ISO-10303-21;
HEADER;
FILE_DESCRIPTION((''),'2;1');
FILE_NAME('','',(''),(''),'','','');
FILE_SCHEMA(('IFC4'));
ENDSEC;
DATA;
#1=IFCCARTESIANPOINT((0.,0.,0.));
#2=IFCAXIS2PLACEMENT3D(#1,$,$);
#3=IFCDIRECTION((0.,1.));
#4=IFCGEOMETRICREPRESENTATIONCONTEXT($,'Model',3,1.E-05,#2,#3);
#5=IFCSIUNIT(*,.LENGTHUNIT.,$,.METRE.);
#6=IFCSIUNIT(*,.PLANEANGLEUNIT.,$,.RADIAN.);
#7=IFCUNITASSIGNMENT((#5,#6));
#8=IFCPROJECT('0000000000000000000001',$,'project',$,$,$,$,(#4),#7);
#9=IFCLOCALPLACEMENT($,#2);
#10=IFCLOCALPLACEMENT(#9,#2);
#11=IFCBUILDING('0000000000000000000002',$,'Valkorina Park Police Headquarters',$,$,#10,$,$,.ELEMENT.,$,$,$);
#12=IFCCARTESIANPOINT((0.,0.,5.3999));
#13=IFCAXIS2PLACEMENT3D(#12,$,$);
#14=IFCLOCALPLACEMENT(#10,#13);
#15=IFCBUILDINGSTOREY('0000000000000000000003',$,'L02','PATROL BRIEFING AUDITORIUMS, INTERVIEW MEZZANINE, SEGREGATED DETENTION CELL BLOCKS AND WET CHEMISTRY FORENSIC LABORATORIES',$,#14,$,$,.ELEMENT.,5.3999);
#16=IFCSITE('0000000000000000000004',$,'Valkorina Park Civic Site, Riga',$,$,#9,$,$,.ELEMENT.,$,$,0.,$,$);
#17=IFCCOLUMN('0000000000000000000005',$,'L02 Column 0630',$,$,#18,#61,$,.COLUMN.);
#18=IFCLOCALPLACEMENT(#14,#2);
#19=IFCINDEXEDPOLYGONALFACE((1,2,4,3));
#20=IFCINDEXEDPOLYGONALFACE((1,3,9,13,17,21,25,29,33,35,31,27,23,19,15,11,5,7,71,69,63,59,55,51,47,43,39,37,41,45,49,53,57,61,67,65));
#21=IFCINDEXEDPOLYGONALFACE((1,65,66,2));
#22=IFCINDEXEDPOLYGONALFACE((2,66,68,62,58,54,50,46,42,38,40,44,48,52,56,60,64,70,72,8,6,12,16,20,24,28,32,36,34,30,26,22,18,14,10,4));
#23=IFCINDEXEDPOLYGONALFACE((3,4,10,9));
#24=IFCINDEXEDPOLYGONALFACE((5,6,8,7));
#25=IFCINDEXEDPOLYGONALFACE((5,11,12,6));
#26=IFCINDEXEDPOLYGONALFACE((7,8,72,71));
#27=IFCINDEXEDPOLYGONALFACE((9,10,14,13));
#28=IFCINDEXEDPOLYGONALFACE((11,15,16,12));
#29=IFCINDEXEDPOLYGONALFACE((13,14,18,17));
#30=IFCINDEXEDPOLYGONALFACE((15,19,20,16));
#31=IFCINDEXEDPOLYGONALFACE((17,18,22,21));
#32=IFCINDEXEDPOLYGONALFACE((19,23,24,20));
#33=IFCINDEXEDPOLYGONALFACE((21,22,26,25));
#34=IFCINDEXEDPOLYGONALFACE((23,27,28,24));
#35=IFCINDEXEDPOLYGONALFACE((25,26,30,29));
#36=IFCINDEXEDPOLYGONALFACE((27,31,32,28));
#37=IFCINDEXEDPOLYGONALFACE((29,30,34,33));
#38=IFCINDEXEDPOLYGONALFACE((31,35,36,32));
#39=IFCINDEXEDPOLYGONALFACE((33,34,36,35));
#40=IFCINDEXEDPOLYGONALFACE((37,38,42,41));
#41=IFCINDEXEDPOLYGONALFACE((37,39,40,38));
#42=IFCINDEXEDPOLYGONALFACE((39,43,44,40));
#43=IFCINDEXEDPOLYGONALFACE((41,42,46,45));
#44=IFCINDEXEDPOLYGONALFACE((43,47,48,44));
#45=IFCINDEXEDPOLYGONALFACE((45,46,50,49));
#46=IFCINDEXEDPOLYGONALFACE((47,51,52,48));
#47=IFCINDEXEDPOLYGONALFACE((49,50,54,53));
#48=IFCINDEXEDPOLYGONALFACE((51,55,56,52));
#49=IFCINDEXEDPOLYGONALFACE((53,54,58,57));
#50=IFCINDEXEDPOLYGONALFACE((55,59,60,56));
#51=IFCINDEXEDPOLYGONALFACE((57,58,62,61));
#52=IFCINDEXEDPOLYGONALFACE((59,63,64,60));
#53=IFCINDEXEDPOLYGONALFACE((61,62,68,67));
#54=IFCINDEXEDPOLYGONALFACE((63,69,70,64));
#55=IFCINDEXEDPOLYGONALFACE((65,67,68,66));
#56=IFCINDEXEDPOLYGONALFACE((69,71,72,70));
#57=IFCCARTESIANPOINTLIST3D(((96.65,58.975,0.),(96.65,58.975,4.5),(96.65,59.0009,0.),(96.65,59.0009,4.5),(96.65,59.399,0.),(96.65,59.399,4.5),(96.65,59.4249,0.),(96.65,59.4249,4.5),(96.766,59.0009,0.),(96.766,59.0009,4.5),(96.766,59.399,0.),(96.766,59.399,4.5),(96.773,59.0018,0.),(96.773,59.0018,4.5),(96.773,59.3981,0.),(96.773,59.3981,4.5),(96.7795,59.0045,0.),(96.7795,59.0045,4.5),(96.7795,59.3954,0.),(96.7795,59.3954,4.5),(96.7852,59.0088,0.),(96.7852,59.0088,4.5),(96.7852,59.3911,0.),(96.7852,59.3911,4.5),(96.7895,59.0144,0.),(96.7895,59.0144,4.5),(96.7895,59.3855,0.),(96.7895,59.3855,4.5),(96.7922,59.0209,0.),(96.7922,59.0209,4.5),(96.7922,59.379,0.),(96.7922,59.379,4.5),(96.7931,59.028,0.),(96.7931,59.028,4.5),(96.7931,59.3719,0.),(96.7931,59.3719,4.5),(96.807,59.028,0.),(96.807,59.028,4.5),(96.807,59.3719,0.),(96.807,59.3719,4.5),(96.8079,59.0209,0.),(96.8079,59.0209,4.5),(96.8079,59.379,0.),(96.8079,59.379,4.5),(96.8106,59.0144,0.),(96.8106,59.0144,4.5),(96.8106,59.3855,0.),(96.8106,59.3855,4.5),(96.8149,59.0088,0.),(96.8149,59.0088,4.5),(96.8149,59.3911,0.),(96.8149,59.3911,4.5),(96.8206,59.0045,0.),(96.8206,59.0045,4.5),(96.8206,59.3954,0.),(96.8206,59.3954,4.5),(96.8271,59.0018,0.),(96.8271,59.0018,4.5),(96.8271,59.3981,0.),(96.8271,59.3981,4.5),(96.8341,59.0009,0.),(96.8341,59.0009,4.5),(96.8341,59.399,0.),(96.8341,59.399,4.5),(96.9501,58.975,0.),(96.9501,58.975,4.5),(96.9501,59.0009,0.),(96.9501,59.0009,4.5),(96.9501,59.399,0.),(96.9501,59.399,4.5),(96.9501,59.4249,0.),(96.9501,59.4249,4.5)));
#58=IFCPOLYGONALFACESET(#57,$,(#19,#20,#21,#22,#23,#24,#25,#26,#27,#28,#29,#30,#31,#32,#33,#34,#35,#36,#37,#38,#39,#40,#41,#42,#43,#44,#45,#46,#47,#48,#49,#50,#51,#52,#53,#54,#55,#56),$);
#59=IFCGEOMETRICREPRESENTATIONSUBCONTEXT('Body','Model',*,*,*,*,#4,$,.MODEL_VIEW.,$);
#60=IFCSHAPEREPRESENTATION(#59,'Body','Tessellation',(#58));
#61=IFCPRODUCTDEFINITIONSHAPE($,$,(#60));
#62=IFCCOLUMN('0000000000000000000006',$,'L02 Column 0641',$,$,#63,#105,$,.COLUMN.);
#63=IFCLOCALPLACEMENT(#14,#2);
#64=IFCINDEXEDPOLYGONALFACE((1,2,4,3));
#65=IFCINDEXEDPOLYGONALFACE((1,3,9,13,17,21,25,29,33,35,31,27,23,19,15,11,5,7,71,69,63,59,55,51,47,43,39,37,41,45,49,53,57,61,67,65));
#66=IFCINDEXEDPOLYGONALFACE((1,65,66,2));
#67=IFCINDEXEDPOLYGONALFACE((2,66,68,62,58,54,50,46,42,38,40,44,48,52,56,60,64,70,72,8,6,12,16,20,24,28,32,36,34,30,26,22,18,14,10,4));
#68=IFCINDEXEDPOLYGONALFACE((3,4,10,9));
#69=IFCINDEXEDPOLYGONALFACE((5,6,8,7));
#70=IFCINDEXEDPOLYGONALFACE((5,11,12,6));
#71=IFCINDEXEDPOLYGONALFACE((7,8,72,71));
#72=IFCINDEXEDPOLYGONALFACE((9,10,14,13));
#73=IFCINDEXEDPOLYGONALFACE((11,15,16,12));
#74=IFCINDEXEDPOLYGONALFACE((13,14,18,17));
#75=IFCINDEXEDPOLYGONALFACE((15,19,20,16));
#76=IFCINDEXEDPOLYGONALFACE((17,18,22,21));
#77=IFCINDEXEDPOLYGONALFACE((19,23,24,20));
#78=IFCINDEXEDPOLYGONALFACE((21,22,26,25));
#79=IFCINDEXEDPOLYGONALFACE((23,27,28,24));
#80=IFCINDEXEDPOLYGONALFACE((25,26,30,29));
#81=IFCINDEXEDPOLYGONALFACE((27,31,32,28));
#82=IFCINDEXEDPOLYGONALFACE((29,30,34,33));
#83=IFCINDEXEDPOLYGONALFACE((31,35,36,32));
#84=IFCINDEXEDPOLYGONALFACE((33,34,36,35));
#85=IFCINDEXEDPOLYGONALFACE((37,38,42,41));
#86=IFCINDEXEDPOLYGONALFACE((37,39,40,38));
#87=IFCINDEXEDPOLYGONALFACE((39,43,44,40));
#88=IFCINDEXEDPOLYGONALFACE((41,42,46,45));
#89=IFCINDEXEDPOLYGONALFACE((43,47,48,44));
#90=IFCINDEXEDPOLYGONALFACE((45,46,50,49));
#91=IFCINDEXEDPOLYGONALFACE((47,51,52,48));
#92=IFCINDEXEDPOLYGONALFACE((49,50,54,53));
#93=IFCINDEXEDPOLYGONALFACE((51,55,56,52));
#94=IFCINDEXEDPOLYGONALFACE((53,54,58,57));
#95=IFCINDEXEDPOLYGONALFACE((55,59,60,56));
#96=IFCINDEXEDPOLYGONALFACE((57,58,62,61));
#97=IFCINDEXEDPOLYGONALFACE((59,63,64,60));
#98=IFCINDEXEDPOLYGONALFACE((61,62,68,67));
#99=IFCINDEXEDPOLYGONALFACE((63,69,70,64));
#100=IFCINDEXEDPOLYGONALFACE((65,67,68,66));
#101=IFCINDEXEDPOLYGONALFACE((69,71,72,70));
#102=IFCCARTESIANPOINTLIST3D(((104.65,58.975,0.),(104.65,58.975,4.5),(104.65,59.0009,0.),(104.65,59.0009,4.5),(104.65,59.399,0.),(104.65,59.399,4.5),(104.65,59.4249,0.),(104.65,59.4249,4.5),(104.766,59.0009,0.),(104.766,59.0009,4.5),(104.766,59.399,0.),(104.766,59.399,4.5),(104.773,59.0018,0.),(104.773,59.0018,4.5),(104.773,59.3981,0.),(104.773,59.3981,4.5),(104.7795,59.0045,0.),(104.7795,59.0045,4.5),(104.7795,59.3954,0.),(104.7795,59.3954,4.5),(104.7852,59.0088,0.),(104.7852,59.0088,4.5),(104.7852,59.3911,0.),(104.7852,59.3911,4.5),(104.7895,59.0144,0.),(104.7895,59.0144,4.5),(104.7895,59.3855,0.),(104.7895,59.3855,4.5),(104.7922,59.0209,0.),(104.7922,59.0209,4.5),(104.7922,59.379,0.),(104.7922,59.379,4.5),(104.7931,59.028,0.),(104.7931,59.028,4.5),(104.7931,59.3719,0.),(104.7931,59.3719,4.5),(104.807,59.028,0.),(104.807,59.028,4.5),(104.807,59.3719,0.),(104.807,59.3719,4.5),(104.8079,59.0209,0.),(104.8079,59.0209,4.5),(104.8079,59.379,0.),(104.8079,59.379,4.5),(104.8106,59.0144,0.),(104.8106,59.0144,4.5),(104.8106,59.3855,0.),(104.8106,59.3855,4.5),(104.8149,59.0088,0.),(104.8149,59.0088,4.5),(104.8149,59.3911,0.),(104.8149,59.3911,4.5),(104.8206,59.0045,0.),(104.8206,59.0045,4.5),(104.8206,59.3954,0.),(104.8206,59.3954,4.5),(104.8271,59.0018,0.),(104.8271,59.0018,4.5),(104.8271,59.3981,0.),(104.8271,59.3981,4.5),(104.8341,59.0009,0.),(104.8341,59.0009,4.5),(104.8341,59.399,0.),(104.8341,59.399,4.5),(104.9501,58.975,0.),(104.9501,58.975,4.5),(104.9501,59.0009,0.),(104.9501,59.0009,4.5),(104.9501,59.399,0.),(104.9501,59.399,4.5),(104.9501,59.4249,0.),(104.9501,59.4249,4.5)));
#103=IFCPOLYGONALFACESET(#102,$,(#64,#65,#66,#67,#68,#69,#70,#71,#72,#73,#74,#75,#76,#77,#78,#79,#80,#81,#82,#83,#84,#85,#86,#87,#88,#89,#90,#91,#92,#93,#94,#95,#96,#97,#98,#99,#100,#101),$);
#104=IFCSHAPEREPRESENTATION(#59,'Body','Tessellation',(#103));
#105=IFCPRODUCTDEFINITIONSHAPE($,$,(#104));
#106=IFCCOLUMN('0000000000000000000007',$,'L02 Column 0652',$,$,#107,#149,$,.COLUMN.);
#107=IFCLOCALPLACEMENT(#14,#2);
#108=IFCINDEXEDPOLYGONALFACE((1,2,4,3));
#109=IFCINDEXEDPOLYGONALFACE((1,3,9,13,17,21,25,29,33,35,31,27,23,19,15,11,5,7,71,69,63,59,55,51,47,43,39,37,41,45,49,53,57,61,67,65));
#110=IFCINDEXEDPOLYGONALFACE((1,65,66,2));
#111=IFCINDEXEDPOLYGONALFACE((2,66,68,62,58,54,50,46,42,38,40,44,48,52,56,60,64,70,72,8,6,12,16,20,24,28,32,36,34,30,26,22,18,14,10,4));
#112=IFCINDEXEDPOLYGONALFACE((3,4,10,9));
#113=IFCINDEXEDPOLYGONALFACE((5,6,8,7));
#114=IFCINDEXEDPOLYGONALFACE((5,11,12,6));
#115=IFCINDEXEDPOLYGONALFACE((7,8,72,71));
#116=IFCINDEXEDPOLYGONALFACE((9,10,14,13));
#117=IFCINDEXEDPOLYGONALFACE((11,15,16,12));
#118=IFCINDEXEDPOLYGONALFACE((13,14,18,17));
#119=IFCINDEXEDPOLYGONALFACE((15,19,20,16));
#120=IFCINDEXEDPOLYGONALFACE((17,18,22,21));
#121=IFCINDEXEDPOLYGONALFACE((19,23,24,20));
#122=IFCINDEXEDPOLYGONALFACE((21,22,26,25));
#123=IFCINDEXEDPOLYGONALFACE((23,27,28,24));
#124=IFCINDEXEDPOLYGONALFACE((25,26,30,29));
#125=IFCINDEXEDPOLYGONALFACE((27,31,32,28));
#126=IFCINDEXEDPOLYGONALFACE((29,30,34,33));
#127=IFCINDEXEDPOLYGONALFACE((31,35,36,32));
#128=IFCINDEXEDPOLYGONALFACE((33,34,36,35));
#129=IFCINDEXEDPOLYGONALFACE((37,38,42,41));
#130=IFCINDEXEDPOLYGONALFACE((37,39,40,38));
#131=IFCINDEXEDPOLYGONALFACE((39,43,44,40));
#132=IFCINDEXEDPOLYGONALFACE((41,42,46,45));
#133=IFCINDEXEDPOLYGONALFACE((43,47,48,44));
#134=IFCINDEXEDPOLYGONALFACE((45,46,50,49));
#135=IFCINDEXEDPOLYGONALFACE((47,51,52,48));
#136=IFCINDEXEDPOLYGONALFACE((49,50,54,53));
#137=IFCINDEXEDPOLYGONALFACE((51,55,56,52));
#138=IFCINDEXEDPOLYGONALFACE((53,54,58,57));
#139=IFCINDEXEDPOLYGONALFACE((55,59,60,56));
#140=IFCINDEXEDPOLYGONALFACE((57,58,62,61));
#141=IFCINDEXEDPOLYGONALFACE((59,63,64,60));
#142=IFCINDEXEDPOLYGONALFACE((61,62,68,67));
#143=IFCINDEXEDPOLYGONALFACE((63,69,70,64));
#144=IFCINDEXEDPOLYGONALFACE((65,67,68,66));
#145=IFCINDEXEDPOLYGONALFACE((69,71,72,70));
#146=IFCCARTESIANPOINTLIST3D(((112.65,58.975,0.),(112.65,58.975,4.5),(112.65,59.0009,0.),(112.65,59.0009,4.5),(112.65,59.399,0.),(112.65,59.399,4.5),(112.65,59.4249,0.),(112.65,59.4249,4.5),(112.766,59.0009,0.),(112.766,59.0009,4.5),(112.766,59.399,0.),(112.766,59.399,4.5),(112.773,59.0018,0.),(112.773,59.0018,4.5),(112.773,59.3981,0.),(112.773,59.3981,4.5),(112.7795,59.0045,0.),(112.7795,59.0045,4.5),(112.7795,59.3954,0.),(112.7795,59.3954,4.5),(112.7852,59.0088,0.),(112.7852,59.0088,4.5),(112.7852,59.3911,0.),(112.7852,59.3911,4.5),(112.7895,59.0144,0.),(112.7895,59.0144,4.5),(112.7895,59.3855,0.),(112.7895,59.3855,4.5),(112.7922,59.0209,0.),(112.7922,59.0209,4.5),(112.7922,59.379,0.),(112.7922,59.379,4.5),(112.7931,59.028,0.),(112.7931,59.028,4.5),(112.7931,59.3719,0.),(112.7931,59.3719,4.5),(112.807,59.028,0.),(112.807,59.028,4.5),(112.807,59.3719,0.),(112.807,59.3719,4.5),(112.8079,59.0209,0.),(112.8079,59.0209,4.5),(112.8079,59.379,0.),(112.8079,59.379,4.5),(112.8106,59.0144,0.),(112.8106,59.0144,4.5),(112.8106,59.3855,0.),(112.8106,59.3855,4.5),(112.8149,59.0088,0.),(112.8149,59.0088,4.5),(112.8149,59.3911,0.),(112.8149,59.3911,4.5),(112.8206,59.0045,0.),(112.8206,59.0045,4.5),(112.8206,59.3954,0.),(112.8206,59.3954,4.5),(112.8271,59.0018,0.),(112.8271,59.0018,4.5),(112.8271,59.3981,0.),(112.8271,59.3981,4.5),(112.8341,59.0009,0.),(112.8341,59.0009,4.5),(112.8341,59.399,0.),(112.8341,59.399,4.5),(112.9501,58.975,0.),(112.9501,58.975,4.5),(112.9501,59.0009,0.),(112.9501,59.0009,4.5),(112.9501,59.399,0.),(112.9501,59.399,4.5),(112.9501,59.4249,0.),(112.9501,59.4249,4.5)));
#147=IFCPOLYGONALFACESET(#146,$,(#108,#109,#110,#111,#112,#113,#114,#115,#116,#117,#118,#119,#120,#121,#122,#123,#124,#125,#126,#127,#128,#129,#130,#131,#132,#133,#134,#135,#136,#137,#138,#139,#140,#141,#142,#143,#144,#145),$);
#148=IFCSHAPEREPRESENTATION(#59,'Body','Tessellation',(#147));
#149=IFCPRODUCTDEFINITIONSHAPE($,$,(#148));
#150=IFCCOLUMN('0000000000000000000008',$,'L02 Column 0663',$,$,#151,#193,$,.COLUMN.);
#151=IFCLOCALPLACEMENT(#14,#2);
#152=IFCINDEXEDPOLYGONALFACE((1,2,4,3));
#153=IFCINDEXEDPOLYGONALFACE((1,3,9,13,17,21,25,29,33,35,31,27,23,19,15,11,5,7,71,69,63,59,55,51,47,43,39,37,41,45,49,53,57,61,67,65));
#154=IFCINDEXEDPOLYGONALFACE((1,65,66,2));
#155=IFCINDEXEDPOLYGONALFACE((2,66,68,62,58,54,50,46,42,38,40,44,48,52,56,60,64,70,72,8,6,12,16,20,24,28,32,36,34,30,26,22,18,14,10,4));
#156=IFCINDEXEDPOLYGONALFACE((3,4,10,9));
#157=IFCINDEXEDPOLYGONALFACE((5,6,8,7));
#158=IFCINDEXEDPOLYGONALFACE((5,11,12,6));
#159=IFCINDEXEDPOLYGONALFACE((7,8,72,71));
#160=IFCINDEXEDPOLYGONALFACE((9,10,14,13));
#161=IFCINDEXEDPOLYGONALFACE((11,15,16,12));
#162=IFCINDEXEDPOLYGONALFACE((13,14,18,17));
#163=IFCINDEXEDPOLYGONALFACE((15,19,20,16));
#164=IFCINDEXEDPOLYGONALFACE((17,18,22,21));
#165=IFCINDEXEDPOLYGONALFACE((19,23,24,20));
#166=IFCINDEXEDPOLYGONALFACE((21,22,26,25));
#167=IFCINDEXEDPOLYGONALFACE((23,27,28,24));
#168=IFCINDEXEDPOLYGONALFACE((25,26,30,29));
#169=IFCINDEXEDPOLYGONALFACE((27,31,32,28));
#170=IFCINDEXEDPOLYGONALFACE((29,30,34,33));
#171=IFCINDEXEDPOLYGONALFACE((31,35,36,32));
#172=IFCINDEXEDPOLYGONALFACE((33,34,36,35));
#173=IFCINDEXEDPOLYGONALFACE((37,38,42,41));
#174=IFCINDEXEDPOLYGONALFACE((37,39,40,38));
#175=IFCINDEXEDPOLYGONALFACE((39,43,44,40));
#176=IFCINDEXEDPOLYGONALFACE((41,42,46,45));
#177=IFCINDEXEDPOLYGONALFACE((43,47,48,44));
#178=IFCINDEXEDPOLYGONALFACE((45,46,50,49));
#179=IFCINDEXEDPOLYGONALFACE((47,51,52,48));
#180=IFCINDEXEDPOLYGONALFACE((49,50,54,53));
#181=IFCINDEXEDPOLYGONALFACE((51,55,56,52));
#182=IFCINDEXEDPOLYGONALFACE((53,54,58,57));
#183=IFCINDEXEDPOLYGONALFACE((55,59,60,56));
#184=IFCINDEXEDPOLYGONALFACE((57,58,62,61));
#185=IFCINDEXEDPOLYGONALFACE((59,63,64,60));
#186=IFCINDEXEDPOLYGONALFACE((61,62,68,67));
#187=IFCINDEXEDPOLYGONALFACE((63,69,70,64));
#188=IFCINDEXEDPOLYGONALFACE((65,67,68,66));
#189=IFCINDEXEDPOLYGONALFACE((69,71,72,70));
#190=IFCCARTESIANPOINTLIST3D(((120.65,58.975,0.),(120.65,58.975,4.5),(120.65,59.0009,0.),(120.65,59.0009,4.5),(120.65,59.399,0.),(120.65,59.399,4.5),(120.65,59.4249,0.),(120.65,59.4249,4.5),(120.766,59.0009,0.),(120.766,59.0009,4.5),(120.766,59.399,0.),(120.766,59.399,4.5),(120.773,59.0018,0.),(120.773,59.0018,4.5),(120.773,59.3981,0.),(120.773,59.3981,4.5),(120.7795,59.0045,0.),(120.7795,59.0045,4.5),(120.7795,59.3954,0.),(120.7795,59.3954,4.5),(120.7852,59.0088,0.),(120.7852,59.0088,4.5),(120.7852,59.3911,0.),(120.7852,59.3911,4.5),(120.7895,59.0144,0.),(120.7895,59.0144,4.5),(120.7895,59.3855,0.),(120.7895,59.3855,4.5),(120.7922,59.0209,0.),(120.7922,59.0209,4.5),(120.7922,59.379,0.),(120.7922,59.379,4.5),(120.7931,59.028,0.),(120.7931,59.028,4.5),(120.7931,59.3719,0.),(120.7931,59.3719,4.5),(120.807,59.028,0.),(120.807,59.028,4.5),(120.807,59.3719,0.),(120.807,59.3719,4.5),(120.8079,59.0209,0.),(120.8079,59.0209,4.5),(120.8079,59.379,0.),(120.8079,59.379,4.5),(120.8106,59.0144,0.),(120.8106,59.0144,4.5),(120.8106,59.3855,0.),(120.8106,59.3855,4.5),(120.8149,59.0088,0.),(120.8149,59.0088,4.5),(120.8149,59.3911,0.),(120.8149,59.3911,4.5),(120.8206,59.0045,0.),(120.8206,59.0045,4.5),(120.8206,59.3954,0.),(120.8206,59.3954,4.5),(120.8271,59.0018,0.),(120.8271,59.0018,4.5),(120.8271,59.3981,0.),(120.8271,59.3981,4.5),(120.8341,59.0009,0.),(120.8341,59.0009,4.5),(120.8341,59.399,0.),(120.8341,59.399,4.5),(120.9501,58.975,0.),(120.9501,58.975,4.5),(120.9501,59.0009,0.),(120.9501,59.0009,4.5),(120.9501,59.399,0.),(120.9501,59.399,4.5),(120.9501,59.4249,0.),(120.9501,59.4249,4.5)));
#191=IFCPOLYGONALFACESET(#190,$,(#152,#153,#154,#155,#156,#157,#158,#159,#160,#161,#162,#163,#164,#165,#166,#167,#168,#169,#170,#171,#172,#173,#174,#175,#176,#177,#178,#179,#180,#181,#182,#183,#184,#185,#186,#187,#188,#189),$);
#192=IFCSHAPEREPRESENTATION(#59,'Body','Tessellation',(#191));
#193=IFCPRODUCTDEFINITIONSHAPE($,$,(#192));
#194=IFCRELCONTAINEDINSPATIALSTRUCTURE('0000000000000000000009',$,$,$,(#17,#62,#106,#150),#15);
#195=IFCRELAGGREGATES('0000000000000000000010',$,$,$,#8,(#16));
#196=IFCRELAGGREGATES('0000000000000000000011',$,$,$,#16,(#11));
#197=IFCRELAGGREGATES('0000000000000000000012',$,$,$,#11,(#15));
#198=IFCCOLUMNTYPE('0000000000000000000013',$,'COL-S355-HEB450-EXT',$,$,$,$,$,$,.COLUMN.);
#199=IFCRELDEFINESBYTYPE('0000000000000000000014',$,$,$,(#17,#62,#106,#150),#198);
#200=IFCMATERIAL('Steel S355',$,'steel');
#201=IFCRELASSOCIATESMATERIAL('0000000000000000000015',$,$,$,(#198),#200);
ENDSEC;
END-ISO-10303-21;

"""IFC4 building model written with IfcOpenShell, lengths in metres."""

from ifc_helpers import new_model, si_unit, direction, frame, origin, origin_2d, place, context, subcontext, project, spatial, i_section, extrude, material, material_profile, profile_set, type_object, element, save


model = new_model("IFC4")

# Units and contexts
model_context = context("Model", 3, precision=1e-05, world=origin(), true_north=direction((0.0, 1.0)))
body_context = subcontext(model_context, "Body", "Model", "MODEL_VIEW")
ifc_project = project(units=[si_unit("LENGTHUNIT", "METRE"), si_unit("PLANEANGLEUNIT", "RADIAN")], contexts=[model_context])

# Site, building, storey
site_placement = place(None, origin())
site = spatial("IfcSite", under=ifc_project, at=site_placement, Name="Valkorina Park Civic Site, Riga", CompositionType="ELEMENT", RefElevation=0.0)
building_placement = place(site_placement, origin())
building = spatial("IfcBuilding", under=site, at=building_placement, Name="Valkorina Park Police Headquarters", CompositionType="ELEMENT")
storey_placement = place(building_placement, frame((0.0, 0.0, 5.3999)))
storey = spatial("IfcBuildingStorey", under=building, at=storey_placement, Name="L02", Description="PATROL BRIEFING AUDITORIUMS, INTERVIEW MEZZANINE, SEGREGATED DETENTION CELL BLOCKS AND WET CHEMISTRY FORENSIC LABORATORIES", CompositionType="ELEMENT", Elevation=5.3999)

# Columns
ifc_material_1 = material(Name="Steel S355", Category="steel")
ifc_material_profile_1 = material_profile(ifc_material_1, i_section(OverallWidth=0.3, OverallDepth=0.45, WebThickness=0.0139, FlangeThickness=0.0259, FilletRadius=0.0271, at=origin_2d()), Name="HEB 450")
ifc_profile_set_1 = profile_set([ifc_material_profile_1], Name="Steel S355")
column_type_1 = type_object("IfcColumnType", Name="COL-S355-HEB450-EXT", PredefinedType="COLUMN", material=ifc_profile_set_1)
for number, where, z_axis, x_axis, name in (
    (1, (96.8, 59.2, 0.0), (0.0, 0.0, 1.0), (1.0, 0.0, 0.0), "L02 Column 0630"),
    (2, (104.8, 59.2, 0.0), (0.0, 0.0, 1.0), (1.0, 0.0, 0.0), "L02 Column 0641"),
    (3, (112.8, 59.2, 0.0), (0.0, 0.0, 1.0), (1.0, 0.0, 0.0), "L02 Column 0652"),
    (4, (120.8, 59.2, 0.0), (0.0, 0.0, 1.0), (1.0, 0.0, 0.0), "L02 Column 0663"),
):
    element("IfcColumn", number, at=place(storey_placement, frame(where, z_axis=z_axis, x_axis=x_axis)), inside=storey, type_object=column_type_1, Name=name, PredefinedType="COLUMN", context=body_context, shape_type="SweptSolid", body=[
        extrude(i_section(OverallWidth=0.3, OverallDepth=0.45, WebThickness=0.0139, FlangeThickness=0.0259, FilletRadius=0.0271, at=origin_2d()), origin(), (0.0, 0.0, 1.0), 4.5),
    ])

save(model, "model.ifc")
